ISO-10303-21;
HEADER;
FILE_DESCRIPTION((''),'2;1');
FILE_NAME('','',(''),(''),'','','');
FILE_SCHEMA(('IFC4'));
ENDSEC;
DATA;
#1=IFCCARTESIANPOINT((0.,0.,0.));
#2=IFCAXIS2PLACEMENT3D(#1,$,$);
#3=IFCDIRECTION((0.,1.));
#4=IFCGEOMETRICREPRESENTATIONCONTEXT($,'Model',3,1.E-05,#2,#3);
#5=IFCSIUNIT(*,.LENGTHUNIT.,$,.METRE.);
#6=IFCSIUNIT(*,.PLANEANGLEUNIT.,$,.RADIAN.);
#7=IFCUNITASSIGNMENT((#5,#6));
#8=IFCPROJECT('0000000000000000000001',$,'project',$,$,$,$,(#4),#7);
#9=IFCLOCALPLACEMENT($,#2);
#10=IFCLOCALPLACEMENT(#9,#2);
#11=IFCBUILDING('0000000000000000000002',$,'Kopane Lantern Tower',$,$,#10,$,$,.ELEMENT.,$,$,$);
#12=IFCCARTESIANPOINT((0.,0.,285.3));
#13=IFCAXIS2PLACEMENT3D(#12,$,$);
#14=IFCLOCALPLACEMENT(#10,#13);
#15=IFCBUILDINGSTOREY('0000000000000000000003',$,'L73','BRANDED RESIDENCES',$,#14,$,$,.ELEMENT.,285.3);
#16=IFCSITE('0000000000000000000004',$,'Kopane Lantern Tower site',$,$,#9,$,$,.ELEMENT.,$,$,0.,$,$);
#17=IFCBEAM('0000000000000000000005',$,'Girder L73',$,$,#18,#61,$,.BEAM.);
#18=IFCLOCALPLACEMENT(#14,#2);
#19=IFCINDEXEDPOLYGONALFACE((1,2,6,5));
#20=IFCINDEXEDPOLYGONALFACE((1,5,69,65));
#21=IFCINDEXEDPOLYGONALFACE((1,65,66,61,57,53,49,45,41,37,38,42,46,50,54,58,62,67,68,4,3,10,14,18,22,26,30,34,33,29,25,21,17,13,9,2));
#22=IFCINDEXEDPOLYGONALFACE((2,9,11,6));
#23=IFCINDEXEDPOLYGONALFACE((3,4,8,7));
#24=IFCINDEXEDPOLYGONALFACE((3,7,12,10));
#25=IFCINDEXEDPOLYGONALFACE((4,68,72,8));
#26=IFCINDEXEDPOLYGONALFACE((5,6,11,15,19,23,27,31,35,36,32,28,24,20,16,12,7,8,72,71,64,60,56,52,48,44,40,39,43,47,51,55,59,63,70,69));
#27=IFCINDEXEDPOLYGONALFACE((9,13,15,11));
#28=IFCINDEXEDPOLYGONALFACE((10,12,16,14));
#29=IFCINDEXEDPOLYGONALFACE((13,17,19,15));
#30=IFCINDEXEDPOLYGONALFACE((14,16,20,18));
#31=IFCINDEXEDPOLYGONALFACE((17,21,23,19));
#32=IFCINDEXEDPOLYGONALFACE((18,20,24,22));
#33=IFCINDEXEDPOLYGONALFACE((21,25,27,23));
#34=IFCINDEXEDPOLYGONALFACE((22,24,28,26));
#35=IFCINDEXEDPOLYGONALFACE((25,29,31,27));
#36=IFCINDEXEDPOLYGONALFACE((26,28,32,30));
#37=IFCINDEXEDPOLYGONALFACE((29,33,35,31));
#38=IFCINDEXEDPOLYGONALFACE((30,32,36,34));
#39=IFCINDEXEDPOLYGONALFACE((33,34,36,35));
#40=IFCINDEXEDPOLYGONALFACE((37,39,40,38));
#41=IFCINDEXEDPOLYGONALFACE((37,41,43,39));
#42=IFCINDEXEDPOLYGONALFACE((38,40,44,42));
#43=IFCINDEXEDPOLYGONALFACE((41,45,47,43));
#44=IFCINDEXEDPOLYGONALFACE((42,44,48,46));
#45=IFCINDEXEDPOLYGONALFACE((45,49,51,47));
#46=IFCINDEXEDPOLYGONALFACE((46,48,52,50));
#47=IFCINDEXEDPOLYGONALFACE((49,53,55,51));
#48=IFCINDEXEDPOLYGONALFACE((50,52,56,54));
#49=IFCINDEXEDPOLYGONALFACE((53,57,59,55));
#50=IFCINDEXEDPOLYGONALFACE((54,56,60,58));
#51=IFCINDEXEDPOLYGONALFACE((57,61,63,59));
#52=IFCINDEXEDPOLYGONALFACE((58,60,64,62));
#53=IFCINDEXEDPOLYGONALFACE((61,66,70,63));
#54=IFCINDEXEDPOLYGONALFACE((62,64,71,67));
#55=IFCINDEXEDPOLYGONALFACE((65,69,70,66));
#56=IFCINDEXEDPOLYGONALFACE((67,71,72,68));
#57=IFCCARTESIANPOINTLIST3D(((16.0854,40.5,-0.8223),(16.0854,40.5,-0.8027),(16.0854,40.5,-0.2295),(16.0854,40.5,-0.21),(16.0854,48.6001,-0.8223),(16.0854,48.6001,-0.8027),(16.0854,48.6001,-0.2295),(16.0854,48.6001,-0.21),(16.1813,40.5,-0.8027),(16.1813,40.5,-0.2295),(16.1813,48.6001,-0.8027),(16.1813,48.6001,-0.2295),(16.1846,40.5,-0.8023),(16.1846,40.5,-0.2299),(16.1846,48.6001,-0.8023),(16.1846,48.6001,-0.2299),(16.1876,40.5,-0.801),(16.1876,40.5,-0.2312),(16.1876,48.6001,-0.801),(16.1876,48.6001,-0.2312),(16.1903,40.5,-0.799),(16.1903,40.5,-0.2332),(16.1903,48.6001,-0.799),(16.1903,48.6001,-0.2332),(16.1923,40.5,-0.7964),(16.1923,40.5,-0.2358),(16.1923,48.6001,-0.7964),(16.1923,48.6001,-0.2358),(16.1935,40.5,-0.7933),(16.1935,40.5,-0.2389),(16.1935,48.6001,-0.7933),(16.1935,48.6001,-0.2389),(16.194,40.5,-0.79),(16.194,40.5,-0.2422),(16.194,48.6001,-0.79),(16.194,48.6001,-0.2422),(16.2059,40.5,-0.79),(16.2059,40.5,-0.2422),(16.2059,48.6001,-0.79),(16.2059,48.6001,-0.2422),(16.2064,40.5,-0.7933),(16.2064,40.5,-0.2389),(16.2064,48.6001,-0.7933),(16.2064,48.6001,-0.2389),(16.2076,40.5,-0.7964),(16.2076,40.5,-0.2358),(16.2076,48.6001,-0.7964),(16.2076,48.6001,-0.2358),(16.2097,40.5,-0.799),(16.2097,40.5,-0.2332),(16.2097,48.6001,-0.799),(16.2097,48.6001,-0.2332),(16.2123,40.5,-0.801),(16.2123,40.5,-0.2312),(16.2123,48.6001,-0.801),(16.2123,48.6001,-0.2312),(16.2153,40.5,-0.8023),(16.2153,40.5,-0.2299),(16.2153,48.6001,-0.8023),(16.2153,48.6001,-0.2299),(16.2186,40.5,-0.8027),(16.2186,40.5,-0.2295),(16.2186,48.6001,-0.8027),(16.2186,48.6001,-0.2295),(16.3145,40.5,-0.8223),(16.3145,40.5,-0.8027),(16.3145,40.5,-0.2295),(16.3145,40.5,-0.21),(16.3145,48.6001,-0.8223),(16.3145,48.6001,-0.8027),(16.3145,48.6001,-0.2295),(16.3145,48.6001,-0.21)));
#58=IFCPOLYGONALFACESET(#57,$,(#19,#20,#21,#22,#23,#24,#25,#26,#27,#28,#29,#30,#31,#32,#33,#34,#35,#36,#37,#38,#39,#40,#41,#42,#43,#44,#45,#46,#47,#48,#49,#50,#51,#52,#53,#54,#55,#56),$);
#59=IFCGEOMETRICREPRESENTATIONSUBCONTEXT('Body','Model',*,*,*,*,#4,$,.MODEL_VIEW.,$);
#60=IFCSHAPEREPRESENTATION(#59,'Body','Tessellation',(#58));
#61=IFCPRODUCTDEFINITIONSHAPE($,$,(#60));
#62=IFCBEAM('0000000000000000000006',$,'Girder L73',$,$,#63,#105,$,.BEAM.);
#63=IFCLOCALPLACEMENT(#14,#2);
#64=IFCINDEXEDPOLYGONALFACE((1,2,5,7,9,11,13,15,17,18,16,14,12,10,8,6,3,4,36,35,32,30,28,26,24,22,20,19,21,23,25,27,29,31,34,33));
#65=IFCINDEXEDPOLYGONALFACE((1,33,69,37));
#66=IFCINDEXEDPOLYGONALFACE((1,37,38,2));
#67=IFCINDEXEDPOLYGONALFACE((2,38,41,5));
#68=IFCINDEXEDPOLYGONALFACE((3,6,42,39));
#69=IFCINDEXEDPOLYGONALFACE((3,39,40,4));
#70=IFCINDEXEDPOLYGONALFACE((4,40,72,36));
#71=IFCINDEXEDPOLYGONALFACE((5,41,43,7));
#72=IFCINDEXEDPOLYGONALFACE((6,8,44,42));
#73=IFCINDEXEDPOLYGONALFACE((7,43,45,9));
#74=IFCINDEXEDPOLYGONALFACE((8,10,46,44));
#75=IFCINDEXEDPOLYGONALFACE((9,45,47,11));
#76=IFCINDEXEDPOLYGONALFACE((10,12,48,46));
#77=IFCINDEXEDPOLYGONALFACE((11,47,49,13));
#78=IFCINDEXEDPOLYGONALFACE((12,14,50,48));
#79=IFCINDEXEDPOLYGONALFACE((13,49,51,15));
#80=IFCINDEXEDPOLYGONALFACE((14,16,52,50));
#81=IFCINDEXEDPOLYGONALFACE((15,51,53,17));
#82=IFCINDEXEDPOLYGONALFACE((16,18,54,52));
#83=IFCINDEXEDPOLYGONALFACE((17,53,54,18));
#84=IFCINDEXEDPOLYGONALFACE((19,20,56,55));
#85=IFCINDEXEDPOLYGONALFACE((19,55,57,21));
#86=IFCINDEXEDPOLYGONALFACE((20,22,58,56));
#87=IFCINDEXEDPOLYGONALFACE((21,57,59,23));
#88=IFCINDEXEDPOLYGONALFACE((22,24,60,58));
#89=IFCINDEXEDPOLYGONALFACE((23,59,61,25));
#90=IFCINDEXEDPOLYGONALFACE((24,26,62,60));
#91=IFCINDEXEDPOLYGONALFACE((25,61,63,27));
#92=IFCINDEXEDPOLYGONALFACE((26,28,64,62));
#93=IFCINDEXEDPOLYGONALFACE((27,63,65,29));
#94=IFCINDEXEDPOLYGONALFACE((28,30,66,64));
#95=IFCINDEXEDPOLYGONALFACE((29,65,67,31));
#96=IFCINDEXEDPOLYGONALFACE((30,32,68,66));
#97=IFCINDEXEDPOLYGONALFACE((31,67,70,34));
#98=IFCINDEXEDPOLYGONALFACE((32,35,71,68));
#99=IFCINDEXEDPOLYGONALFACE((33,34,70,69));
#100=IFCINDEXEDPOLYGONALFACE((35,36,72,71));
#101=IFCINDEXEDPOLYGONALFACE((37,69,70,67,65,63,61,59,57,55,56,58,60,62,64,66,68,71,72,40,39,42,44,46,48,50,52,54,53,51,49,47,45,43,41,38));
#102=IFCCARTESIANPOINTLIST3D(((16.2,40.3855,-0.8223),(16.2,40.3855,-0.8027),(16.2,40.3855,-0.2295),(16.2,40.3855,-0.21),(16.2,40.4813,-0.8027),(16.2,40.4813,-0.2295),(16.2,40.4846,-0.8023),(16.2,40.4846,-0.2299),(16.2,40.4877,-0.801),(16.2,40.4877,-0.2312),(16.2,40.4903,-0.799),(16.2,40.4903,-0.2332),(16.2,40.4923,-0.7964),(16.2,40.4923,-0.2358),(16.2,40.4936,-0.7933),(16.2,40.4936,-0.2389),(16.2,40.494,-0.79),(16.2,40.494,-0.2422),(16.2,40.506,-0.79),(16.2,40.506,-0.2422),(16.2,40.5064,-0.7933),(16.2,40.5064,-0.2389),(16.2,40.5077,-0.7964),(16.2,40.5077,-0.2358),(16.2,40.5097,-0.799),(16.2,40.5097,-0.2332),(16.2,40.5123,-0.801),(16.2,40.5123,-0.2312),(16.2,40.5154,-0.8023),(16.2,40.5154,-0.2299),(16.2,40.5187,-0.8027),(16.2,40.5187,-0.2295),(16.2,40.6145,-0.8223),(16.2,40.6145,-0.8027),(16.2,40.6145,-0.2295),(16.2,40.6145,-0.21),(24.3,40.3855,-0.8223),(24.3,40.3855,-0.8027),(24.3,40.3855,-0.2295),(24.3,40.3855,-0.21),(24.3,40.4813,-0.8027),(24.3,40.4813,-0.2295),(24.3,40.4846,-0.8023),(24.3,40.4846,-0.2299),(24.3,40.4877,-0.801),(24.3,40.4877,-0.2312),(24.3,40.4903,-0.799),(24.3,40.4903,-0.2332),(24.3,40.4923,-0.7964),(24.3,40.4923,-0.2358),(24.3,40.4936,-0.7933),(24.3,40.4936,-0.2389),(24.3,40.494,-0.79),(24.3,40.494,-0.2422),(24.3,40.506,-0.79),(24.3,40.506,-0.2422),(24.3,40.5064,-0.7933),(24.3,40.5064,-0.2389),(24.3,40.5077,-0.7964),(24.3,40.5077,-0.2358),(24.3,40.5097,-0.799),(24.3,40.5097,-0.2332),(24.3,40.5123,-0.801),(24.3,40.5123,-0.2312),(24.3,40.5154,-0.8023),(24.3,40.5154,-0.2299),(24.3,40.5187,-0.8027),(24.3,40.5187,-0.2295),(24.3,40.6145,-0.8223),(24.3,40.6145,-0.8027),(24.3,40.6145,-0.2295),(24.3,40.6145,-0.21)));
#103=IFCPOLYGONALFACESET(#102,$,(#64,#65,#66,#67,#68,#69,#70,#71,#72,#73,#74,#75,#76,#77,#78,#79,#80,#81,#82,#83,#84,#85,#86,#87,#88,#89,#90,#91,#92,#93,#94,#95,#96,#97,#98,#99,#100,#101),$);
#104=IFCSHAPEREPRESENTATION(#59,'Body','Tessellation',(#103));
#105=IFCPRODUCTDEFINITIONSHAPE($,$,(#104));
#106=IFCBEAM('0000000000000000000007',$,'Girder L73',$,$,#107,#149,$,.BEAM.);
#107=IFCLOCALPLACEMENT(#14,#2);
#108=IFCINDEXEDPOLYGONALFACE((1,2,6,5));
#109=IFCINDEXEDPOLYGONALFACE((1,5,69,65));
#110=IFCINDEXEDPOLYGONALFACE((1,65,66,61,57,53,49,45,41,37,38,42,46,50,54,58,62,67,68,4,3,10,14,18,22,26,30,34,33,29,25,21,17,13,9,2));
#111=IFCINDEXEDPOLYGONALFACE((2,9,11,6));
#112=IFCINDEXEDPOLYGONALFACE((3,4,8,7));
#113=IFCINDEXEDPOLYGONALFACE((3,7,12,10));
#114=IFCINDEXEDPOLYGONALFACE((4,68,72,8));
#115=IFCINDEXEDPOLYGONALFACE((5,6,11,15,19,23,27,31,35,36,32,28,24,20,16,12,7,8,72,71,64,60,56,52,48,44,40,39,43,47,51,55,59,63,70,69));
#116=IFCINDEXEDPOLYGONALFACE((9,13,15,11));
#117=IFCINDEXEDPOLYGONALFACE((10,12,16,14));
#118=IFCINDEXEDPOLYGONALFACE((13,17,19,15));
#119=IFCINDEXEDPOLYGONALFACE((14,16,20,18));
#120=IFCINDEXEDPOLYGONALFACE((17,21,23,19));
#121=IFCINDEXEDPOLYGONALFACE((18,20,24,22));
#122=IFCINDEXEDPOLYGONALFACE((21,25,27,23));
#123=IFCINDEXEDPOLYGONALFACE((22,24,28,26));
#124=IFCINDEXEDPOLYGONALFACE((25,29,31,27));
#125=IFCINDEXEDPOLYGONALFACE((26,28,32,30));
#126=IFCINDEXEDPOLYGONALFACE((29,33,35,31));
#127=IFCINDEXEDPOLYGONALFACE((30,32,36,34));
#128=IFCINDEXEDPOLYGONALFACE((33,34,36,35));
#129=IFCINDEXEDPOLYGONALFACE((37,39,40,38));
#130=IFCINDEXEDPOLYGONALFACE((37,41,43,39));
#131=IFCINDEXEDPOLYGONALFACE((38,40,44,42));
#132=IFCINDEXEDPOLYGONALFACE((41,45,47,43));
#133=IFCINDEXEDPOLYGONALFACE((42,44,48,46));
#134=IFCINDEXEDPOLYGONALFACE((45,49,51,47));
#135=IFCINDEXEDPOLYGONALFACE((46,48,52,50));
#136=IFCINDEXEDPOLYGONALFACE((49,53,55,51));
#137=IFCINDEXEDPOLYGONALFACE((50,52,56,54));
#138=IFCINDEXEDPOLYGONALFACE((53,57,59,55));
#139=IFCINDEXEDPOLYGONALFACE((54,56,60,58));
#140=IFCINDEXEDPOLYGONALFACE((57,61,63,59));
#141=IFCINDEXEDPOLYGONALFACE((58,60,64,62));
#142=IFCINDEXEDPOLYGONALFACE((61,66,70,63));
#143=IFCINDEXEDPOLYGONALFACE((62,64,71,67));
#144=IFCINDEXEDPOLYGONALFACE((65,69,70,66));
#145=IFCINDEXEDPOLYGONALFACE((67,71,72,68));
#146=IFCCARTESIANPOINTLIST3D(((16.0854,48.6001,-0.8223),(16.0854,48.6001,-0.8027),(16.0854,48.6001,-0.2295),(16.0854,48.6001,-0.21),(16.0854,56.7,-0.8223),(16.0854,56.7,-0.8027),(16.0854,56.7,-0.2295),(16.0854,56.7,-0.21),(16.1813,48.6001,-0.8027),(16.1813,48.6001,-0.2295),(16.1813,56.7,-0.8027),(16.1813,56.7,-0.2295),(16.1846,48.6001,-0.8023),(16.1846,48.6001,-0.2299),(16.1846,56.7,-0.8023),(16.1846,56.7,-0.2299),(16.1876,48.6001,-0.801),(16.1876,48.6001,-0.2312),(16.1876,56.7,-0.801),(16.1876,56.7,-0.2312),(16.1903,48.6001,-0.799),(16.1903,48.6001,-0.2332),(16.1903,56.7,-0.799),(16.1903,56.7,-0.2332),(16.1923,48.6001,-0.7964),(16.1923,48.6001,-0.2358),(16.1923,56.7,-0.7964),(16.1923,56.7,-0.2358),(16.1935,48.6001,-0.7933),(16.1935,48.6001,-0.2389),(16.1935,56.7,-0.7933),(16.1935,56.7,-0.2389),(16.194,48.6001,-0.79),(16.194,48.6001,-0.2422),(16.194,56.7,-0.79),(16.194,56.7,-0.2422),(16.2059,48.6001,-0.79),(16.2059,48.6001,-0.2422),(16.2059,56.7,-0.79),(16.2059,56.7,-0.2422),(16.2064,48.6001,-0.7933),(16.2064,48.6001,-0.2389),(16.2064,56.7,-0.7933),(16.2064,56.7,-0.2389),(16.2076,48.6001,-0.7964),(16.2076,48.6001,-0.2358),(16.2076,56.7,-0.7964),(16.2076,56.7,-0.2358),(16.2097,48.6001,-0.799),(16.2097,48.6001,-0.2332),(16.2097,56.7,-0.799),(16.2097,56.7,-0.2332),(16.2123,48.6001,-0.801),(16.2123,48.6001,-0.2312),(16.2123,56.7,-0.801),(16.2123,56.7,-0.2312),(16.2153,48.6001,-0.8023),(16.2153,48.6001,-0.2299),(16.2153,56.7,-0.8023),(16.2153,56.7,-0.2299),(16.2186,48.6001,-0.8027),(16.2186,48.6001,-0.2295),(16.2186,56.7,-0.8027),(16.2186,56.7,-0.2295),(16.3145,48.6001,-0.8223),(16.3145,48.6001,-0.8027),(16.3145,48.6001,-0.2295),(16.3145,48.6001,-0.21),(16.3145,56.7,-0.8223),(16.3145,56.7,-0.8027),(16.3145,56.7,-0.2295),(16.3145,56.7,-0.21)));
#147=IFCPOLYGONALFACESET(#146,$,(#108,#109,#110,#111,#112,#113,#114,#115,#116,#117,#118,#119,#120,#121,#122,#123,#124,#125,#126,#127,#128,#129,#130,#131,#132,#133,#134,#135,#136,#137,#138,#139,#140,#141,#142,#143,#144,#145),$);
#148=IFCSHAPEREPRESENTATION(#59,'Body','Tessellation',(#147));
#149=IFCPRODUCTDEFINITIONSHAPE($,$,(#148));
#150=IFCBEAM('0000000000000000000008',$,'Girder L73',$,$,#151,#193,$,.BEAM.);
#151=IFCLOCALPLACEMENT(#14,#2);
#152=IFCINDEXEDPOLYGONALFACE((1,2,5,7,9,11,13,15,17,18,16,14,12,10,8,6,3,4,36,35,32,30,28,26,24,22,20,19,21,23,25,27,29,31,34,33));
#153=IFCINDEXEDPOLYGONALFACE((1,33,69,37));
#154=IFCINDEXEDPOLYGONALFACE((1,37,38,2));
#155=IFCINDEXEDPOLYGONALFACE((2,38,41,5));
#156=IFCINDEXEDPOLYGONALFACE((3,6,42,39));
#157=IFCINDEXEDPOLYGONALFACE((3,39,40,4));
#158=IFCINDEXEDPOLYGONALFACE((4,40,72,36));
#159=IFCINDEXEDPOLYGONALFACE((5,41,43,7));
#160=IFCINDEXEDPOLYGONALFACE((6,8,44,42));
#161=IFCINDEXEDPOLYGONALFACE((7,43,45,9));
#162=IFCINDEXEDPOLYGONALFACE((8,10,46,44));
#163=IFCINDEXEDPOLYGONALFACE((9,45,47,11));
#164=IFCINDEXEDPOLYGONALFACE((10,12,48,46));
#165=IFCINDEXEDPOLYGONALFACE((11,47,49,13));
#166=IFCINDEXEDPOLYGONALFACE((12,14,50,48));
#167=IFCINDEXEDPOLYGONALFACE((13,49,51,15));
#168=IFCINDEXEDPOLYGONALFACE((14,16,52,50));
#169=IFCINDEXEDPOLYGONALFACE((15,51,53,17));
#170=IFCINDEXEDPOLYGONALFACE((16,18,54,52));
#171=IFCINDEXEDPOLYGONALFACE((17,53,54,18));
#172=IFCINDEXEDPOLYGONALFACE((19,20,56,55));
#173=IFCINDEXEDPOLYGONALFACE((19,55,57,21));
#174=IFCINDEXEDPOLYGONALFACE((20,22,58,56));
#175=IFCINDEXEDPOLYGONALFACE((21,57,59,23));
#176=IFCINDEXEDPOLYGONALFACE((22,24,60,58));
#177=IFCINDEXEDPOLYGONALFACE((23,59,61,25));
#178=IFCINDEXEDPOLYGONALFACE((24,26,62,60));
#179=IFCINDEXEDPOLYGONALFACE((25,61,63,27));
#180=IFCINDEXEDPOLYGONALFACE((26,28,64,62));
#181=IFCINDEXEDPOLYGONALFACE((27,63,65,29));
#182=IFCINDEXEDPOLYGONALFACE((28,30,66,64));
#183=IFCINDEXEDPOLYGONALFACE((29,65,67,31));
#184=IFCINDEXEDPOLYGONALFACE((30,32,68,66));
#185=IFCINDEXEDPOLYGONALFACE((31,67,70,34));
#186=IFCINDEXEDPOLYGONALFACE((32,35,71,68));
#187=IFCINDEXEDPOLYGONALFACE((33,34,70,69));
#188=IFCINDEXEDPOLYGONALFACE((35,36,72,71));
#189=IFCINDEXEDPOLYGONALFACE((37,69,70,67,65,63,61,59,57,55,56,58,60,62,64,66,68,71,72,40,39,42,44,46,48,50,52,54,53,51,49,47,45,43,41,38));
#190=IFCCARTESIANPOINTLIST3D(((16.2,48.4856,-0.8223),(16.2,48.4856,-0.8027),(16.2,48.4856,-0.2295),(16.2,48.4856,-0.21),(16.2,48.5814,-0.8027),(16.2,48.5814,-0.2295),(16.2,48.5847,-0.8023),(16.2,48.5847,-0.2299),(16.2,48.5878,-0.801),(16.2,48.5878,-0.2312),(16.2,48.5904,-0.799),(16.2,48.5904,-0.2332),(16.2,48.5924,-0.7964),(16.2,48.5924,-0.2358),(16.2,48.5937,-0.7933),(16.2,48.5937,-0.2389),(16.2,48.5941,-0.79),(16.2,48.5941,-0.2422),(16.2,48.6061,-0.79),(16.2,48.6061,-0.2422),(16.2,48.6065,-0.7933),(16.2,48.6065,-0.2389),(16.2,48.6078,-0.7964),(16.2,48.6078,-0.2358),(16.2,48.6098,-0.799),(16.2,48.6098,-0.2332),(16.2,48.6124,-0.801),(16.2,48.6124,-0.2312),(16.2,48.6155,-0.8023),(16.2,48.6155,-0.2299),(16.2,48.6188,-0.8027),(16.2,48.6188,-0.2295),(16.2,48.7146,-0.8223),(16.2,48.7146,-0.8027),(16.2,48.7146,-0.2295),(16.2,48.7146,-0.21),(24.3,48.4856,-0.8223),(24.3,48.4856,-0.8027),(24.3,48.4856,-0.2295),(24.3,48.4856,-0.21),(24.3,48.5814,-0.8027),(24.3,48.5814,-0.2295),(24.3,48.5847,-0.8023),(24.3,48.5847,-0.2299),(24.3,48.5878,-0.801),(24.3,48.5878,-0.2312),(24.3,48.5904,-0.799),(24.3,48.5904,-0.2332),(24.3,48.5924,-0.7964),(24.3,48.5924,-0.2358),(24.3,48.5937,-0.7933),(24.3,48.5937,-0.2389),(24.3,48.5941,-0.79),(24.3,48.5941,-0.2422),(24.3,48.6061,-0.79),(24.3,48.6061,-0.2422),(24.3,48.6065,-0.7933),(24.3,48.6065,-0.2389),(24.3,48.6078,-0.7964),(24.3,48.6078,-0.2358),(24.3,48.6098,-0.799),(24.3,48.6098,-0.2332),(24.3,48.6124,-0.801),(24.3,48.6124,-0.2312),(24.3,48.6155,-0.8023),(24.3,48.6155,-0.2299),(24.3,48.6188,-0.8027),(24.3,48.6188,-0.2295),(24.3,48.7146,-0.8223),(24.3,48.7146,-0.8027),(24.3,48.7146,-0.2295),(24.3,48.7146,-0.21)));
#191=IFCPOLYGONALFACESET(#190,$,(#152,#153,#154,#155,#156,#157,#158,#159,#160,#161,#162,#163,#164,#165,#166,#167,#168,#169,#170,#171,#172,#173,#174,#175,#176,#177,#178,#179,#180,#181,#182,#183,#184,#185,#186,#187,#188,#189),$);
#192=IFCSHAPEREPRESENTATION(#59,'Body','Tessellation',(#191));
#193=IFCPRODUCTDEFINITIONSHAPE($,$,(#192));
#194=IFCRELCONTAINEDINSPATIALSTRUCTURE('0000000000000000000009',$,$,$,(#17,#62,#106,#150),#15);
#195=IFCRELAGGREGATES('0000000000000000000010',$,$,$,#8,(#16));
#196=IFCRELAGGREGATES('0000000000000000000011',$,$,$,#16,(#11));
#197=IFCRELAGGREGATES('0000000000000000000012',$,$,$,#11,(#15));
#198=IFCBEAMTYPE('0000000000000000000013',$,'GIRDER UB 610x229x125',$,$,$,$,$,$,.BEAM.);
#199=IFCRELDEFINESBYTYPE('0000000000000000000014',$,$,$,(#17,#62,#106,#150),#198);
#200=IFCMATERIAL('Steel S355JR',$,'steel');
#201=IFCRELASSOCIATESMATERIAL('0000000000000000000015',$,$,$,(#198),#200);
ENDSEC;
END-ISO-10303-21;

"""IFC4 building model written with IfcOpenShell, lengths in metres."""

from ifc_helpers import new_model, si_unit, direction, frame, origin, origin_2d, place, context, subcontext, project, spatial, i_section, extrude, material, material_profile, profile_set, type_object, element, save


model = new_model("IFC4")

# Units and contexts
model_context = context("Model", 3, precision=1e-05, world=origin(), true_north=direction((0.0, 1.0)))
body_context = subcontext(model_context, "Body", "Model", "MODEL_VIEW")
ifc_project = project(units=[si_unit("LENGTHUNIT", "METRE"), si_unit("PLANEANGLEUNIT", "RADIAN")], contexts=[model_context])

# Site, building, storey
site_placement = place(None, origin())
site = spatial("IfcSite", under=ifc_project, at=site_placement, Name="Kopane Lantern Tower site", CompositionType="ELEMENT", RefElevation=0.0)
building_placement = place(site_placement, origin())
building = spatial("IfcBuilding", under=site, at=building_placement, Name="Kopane Lantern Tower", CompositionType="ELEMENT")
storey_placement = place(building_placement, frame((0.0, 0.0, 285.3)))
storey = spatial("IfcBuildingStorey", under=building, at=storey_placement, Name="L73", Description="BRANDED RESIDENCES", CompositionType="ELEMENT", Elevation=285.3)

# Beams
ifc_material_1 = material(Name="Steel S355JR", Category="steel")
ifc_material_profile_1 = material_profile(ifc_material_1, i_section(OverallWidth=0.229, OverallDepth=0.6123, WebThickness=0.012, FlangeThickness=0.0195, FilletRadius=0.0127, at=origin_2d()), Name="UB 610x229x125")
ifc_profile_set_1 = profile_set([ifc_material_profile_1], Name="Steel S355JR")
beam_type_1 = type_object("IfcBeamType", Name="GIRDER UB 610x229x125", PredefinedType="BEAM", material=ifc_profile_set_1)
for number, where, z_axis, x_axis, name in (
    (1, (16.2, 40.5, -0.5161), (0.0, 1.0, 0.0), (-1.0, 0.0, 0.0), "Girder L73"),
    (2, (16.2, 40.5, -0.5161), (1.0, 0.0, 0.0), (0.0, 1.0, 0.0), "Girder L73"),
):
    element("IfcBeam", number, at=place(storey_placement, frame(where, z_axis=z_axis, x_axis=x_axis)), inside=storey, type_object=beam_type_1, Name=name, PredefinedType="BEAM", context=body_context, shape_type="SweptSolid", body=[
        extrude(i_section(OverallWidth=0.229, OverallDepth=0.6123, WebThickness=0.012, FlangeThickness=0.0195, FilletRadius=0.0127, at=origin_2d()), origin(), (0.0, 0.0, 1.0), 8.1001),
    ])
beam_1_placement = place(storey_placement, frame((16.2, 48.6001, -0.5161), z_axis=(0.0, 1.0, 0.0), x_axis=(-1.0, 0.0, 0.0)))
element("IfcBeam", 3, at=beam_1_placement, inside=storey, type_object=beam_type_1, Name="Girder L73", PredefinedType="BEAM", context=body_context, shape_type="SweptSolid", body=[
    extrude(i_section(OverallWidth=0.229, OverallDepth=0.6123, WebThickness=0.012, FlangeThickness=0.0195, FilletRadius=0.0127, at=origin_2d()), origin(), (0.0, 0.0, 1.0), 8.0999),
])
for number, where, z_axis, x_axis, name in (
    (4, (16.2, 48.6001, -0.5161), (1.0, 0.0, 0.0), (0.0, 1.0, 0.0), "Girder L73"),
):
    element("IfcBeam", number, at=place(storey_placement, frame(where, z_axis=z_axis, x_axis=x_axis)), inside=storey, type_object=beam_type_1, Name=name, PredefinedType="BEAM", context=body_context, shape_type="SweptSolid", body=[
        extrude(i_section(OverallWidth=0.229, OverallDepth=0.6123, WebThickness=0.012, FlangeThickness=0.0195, FilletRadius=0.0127, at=origin_2d()), origin(), (0.0, 0.0, 1.0), 8.1001),
    ])

save(model, "model.ifc")
